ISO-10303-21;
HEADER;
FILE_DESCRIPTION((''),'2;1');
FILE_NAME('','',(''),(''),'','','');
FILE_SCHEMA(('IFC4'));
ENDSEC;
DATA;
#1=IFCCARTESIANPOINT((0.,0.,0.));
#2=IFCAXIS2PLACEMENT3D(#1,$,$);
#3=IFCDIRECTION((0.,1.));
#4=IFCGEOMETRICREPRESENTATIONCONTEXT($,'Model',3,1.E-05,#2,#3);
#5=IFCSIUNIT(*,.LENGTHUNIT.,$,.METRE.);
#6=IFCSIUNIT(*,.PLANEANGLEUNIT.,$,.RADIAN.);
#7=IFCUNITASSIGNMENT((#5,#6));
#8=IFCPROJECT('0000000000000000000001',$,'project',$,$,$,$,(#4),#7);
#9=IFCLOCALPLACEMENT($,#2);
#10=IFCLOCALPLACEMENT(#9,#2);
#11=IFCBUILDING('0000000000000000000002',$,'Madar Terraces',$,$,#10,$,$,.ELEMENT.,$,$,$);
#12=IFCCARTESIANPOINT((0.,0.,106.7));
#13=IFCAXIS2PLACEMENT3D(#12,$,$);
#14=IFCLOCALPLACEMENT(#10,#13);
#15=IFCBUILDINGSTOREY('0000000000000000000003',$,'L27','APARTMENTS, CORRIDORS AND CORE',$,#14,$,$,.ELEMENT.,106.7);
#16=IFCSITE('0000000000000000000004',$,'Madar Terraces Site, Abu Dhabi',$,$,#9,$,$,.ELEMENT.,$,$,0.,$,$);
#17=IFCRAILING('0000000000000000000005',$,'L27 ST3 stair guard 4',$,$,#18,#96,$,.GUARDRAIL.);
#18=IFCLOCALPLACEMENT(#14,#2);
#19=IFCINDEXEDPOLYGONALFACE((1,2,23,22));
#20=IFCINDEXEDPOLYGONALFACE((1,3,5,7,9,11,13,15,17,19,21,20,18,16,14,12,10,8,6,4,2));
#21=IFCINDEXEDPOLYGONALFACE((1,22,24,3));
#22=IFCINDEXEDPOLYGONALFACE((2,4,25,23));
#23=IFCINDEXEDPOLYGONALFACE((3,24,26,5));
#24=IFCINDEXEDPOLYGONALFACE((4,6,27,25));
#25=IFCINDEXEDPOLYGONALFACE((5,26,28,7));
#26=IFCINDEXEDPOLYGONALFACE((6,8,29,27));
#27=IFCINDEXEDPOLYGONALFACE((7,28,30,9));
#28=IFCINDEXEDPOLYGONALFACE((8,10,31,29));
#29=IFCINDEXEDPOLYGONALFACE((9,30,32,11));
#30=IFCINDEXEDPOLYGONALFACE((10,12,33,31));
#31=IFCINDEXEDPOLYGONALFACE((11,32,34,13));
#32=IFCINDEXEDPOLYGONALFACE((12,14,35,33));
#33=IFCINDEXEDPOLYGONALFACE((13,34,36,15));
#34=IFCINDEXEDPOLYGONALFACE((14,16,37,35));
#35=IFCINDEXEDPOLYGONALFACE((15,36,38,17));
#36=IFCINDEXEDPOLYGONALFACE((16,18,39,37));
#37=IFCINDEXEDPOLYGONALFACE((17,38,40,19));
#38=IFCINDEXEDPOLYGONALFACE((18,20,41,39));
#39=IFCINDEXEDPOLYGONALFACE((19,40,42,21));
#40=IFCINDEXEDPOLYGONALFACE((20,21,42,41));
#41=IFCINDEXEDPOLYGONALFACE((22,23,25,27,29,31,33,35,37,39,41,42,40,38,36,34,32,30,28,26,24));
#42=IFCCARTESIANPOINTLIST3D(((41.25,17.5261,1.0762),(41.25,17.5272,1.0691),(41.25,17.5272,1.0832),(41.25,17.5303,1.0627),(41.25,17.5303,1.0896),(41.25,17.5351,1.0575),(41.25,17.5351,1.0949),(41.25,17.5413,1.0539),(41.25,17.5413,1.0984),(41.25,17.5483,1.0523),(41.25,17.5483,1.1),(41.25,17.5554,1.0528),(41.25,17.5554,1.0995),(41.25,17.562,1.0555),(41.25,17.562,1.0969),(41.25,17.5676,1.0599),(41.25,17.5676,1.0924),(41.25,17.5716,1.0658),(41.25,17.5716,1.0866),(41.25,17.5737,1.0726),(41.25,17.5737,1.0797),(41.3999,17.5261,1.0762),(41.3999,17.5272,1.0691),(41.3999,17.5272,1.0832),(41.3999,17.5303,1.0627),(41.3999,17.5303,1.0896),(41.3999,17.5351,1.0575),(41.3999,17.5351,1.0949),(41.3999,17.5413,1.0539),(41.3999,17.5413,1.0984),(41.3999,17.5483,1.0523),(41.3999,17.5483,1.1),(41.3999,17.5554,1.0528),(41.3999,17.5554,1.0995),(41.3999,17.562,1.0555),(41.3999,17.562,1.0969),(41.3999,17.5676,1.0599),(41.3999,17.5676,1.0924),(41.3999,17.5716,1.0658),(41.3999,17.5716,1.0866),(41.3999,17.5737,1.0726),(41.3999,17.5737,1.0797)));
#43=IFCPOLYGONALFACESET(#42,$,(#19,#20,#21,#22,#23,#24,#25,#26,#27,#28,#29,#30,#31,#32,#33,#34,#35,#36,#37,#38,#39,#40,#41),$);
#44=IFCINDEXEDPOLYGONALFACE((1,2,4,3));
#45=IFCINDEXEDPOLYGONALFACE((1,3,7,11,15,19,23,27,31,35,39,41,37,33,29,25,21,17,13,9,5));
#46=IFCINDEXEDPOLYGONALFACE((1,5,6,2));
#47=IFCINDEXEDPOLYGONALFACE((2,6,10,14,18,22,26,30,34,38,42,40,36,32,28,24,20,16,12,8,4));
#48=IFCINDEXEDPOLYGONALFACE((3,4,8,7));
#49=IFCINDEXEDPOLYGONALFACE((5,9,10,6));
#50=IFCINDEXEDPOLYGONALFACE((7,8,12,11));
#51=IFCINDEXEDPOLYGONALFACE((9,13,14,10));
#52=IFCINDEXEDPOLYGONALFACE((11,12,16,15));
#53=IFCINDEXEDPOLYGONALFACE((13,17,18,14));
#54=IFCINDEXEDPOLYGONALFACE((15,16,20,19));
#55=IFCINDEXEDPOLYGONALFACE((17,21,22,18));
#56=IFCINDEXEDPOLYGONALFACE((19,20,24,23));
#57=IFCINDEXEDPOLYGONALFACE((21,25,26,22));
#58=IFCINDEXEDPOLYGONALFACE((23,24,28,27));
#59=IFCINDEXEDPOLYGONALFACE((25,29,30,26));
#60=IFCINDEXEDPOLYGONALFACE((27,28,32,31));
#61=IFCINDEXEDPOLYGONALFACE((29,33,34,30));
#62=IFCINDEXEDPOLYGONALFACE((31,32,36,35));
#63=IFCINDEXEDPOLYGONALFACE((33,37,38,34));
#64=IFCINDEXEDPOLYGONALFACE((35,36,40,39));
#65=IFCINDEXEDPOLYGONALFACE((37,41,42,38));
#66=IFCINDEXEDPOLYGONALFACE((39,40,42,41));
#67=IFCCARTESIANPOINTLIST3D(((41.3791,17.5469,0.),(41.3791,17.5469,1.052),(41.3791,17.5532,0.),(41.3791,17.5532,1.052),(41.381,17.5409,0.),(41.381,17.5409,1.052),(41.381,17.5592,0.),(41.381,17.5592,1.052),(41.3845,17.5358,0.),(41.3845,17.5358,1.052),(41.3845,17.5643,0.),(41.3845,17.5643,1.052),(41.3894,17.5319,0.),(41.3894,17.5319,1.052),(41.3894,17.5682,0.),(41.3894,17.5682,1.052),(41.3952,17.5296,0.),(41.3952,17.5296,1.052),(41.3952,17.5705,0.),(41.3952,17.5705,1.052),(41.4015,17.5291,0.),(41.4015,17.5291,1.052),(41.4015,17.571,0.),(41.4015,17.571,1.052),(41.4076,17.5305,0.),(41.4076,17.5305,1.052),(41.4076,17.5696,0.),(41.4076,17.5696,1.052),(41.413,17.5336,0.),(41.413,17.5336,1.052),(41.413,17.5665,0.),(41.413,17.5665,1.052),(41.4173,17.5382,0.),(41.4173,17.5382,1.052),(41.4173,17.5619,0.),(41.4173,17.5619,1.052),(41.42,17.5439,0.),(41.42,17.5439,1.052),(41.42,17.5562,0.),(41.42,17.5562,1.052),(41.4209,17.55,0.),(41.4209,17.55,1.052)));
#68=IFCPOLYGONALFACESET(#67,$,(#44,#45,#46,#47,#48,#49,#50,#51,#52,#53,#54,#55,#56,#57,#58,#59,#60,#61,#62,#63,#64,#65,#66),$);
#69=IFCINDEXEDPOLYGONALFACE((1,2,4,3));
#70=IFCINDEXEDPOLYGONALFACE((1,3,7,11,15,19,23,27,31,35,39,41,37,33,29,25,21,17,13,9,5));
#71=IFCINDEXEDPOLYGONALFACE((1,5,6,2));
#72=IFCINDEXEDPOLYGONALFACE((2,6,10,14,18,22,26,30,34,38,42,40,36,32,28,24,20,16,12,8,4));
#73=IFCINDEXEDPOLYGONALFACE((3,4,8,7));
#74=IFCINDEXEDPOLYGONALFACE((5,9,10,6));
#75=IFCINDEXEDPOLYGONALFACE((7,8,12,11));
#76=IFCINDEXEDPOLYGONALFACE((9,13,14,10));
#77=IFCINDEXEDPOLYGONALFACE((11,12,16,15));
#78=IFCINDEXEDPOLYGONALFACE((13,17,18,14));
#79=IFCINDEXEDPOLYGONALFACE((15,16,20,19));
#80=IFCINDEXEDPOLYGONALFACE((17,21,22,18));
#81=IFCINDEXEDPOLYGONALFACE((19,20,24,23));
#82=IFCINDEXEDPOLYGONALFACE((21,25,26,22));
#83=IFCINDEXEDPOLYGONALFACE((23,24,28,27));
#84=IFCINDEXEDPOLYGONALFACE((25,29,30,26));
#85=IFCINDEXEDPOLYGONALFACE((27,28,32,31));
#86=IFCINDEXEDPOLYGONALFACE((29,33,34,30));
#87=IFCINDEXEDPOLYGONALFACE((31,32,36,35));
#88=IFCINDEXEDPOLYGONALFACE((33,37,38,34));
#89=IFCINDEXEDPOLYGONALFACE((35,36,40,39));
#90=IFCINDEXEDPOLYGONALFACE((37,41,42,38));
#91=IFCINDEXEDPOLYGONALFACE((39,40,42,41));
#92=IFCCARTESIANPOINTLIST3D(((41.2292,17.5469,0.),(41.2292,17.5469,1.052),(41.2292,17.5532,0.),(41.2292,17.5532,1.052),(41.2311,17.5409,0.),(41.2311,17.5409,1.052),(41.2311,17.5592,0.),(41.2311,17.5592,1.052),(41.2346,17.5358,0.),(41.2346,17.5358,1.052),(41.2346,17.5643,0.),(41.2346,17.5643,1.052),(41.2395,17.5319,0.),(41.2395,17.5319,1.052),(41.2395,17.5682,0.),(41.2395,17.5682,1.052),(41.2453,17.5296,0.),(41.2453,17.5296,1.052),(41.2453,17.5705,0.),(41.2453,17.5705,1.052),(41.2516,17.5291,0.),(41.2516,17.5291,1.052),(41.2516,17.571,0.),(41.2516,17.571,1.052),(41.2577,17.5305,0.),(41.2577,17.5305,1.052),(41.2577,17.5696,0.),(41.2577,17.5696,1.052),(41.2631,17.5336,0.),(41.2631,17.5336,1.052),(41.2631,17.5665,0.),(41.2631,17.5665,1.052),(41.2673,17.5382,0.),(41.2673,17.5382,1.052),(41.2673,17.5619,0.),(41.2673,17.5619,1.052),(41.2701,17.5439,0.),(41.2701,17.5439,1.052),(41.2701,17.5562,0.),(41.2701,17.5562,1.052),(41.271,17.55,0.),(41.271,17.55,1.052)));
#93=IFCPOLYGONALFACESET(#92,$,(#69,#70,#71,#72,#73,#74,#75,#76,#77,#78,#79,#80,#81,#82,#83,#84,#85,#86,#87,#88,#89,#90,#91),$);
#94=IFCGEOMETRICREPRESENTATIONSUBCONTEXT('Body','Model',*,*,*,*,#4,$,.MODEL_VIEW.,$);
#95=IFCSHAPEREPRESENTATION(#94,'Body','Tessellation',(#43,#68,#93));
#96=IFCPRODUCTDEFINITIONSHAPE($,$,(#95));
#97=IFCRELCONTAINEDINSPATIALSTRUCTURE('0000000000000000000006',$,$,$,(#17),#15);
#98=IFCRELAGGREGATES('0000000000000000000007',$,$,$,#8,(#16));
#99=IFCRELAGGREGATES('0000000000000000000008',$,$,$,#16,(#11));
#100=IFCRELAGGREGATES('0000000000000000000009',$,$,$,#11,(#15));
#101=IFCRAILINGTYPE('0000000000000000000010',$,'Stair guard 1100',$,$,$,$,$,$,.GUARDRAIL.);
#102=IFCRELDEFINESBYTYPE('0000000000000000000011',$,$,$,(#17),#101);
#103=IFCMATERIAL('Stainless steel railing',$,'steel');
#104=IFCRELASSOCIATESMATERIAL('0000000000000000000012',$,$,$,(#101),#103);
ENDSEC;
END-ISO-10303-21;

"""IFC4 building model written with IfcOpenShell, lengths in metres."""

from ifc_helpers import new_model, si_unit, direction, frame, origin, origin_2d, place, context, subcontext, project, spatial, circle, extrude, material, type_object, element, save


model = new_model("IFC4")

# Units and contexts
model_context = context("Model", 3, precision=1e-05, world=origin(), true_north=direction((0.0, 1.0)))
body_context = subcontext(model_context, "Body", "Model", "MODEL_VIEW")
ifc_project = project(units=[si_unit("LENGTHUNIT", "METRE"), si_unit("PLANEANGLEUNIT", "RADIAN")], contexts=[model_context])

# Site, building, storey
site_placement = place(None, origin())
site = spatial("IfcSite", under=ifc_project, at=site_placement, Name="Madar Terraces Site, Abu Dhabi", CompositionType="ELEMENT", RefElevation=0.0)
building_placement = place(site_placement, origin())
building = spatial("IfcBuilding", under=site, at=building_placement, Name="Madar Terraces", CompositionType="ELEMENT")
storey_placement = place(building_placement, frame((0.0, 0.0, 106.7)))
storey = spatial("IfcBuildingStorey", under=building, at=storey_placement, Name="L27", Description="APARTMENTS, CORRIDORS AND CORE", CompositionType="ELEMENT", Elevation=106.7)

# Railing
ifc_material_1 = material(Name="Stainless steel railing", Category="steel")
railing_type_1 = type_object("IfcRailingType", Name="Stair guard 1100", PredefinedType="GUARDRAIL", material=ifc_material_1)
railing_1_placement = place(storey_placement, frame((41.3999, 17.55, 0.0)))
element("IfcRailing", 1, at=railing_1_placement, inside=storey, type_object=railing_type_1, Name="L27 ST3 stair guard 4", PredefinedType="GUARDRAIL", context=body_context, shape_type="SweptSolid", body=[
    extrude(circle(Radius=0.0239, at=origin_2d()), frame((0.0, 0.0, 1.0762), z_axis=(-1.0, 0.0, 0.0), x_axis=(0.0, -1.0, 0.0)), (0.0, 0.0, 1.0), 0.1499),
    extrude(circle(Radius=0.021, at=origin_2d()), origin(), (0.0, 0.0, 1.0), 1.052),
    extrude(circle(Radius=0.021, at=origin_2d()), frame((-0.1499, 0.0, 0.0)), (0.0, 0.0, 1.0), 1.052),
])

save(model, "model.ifc")
